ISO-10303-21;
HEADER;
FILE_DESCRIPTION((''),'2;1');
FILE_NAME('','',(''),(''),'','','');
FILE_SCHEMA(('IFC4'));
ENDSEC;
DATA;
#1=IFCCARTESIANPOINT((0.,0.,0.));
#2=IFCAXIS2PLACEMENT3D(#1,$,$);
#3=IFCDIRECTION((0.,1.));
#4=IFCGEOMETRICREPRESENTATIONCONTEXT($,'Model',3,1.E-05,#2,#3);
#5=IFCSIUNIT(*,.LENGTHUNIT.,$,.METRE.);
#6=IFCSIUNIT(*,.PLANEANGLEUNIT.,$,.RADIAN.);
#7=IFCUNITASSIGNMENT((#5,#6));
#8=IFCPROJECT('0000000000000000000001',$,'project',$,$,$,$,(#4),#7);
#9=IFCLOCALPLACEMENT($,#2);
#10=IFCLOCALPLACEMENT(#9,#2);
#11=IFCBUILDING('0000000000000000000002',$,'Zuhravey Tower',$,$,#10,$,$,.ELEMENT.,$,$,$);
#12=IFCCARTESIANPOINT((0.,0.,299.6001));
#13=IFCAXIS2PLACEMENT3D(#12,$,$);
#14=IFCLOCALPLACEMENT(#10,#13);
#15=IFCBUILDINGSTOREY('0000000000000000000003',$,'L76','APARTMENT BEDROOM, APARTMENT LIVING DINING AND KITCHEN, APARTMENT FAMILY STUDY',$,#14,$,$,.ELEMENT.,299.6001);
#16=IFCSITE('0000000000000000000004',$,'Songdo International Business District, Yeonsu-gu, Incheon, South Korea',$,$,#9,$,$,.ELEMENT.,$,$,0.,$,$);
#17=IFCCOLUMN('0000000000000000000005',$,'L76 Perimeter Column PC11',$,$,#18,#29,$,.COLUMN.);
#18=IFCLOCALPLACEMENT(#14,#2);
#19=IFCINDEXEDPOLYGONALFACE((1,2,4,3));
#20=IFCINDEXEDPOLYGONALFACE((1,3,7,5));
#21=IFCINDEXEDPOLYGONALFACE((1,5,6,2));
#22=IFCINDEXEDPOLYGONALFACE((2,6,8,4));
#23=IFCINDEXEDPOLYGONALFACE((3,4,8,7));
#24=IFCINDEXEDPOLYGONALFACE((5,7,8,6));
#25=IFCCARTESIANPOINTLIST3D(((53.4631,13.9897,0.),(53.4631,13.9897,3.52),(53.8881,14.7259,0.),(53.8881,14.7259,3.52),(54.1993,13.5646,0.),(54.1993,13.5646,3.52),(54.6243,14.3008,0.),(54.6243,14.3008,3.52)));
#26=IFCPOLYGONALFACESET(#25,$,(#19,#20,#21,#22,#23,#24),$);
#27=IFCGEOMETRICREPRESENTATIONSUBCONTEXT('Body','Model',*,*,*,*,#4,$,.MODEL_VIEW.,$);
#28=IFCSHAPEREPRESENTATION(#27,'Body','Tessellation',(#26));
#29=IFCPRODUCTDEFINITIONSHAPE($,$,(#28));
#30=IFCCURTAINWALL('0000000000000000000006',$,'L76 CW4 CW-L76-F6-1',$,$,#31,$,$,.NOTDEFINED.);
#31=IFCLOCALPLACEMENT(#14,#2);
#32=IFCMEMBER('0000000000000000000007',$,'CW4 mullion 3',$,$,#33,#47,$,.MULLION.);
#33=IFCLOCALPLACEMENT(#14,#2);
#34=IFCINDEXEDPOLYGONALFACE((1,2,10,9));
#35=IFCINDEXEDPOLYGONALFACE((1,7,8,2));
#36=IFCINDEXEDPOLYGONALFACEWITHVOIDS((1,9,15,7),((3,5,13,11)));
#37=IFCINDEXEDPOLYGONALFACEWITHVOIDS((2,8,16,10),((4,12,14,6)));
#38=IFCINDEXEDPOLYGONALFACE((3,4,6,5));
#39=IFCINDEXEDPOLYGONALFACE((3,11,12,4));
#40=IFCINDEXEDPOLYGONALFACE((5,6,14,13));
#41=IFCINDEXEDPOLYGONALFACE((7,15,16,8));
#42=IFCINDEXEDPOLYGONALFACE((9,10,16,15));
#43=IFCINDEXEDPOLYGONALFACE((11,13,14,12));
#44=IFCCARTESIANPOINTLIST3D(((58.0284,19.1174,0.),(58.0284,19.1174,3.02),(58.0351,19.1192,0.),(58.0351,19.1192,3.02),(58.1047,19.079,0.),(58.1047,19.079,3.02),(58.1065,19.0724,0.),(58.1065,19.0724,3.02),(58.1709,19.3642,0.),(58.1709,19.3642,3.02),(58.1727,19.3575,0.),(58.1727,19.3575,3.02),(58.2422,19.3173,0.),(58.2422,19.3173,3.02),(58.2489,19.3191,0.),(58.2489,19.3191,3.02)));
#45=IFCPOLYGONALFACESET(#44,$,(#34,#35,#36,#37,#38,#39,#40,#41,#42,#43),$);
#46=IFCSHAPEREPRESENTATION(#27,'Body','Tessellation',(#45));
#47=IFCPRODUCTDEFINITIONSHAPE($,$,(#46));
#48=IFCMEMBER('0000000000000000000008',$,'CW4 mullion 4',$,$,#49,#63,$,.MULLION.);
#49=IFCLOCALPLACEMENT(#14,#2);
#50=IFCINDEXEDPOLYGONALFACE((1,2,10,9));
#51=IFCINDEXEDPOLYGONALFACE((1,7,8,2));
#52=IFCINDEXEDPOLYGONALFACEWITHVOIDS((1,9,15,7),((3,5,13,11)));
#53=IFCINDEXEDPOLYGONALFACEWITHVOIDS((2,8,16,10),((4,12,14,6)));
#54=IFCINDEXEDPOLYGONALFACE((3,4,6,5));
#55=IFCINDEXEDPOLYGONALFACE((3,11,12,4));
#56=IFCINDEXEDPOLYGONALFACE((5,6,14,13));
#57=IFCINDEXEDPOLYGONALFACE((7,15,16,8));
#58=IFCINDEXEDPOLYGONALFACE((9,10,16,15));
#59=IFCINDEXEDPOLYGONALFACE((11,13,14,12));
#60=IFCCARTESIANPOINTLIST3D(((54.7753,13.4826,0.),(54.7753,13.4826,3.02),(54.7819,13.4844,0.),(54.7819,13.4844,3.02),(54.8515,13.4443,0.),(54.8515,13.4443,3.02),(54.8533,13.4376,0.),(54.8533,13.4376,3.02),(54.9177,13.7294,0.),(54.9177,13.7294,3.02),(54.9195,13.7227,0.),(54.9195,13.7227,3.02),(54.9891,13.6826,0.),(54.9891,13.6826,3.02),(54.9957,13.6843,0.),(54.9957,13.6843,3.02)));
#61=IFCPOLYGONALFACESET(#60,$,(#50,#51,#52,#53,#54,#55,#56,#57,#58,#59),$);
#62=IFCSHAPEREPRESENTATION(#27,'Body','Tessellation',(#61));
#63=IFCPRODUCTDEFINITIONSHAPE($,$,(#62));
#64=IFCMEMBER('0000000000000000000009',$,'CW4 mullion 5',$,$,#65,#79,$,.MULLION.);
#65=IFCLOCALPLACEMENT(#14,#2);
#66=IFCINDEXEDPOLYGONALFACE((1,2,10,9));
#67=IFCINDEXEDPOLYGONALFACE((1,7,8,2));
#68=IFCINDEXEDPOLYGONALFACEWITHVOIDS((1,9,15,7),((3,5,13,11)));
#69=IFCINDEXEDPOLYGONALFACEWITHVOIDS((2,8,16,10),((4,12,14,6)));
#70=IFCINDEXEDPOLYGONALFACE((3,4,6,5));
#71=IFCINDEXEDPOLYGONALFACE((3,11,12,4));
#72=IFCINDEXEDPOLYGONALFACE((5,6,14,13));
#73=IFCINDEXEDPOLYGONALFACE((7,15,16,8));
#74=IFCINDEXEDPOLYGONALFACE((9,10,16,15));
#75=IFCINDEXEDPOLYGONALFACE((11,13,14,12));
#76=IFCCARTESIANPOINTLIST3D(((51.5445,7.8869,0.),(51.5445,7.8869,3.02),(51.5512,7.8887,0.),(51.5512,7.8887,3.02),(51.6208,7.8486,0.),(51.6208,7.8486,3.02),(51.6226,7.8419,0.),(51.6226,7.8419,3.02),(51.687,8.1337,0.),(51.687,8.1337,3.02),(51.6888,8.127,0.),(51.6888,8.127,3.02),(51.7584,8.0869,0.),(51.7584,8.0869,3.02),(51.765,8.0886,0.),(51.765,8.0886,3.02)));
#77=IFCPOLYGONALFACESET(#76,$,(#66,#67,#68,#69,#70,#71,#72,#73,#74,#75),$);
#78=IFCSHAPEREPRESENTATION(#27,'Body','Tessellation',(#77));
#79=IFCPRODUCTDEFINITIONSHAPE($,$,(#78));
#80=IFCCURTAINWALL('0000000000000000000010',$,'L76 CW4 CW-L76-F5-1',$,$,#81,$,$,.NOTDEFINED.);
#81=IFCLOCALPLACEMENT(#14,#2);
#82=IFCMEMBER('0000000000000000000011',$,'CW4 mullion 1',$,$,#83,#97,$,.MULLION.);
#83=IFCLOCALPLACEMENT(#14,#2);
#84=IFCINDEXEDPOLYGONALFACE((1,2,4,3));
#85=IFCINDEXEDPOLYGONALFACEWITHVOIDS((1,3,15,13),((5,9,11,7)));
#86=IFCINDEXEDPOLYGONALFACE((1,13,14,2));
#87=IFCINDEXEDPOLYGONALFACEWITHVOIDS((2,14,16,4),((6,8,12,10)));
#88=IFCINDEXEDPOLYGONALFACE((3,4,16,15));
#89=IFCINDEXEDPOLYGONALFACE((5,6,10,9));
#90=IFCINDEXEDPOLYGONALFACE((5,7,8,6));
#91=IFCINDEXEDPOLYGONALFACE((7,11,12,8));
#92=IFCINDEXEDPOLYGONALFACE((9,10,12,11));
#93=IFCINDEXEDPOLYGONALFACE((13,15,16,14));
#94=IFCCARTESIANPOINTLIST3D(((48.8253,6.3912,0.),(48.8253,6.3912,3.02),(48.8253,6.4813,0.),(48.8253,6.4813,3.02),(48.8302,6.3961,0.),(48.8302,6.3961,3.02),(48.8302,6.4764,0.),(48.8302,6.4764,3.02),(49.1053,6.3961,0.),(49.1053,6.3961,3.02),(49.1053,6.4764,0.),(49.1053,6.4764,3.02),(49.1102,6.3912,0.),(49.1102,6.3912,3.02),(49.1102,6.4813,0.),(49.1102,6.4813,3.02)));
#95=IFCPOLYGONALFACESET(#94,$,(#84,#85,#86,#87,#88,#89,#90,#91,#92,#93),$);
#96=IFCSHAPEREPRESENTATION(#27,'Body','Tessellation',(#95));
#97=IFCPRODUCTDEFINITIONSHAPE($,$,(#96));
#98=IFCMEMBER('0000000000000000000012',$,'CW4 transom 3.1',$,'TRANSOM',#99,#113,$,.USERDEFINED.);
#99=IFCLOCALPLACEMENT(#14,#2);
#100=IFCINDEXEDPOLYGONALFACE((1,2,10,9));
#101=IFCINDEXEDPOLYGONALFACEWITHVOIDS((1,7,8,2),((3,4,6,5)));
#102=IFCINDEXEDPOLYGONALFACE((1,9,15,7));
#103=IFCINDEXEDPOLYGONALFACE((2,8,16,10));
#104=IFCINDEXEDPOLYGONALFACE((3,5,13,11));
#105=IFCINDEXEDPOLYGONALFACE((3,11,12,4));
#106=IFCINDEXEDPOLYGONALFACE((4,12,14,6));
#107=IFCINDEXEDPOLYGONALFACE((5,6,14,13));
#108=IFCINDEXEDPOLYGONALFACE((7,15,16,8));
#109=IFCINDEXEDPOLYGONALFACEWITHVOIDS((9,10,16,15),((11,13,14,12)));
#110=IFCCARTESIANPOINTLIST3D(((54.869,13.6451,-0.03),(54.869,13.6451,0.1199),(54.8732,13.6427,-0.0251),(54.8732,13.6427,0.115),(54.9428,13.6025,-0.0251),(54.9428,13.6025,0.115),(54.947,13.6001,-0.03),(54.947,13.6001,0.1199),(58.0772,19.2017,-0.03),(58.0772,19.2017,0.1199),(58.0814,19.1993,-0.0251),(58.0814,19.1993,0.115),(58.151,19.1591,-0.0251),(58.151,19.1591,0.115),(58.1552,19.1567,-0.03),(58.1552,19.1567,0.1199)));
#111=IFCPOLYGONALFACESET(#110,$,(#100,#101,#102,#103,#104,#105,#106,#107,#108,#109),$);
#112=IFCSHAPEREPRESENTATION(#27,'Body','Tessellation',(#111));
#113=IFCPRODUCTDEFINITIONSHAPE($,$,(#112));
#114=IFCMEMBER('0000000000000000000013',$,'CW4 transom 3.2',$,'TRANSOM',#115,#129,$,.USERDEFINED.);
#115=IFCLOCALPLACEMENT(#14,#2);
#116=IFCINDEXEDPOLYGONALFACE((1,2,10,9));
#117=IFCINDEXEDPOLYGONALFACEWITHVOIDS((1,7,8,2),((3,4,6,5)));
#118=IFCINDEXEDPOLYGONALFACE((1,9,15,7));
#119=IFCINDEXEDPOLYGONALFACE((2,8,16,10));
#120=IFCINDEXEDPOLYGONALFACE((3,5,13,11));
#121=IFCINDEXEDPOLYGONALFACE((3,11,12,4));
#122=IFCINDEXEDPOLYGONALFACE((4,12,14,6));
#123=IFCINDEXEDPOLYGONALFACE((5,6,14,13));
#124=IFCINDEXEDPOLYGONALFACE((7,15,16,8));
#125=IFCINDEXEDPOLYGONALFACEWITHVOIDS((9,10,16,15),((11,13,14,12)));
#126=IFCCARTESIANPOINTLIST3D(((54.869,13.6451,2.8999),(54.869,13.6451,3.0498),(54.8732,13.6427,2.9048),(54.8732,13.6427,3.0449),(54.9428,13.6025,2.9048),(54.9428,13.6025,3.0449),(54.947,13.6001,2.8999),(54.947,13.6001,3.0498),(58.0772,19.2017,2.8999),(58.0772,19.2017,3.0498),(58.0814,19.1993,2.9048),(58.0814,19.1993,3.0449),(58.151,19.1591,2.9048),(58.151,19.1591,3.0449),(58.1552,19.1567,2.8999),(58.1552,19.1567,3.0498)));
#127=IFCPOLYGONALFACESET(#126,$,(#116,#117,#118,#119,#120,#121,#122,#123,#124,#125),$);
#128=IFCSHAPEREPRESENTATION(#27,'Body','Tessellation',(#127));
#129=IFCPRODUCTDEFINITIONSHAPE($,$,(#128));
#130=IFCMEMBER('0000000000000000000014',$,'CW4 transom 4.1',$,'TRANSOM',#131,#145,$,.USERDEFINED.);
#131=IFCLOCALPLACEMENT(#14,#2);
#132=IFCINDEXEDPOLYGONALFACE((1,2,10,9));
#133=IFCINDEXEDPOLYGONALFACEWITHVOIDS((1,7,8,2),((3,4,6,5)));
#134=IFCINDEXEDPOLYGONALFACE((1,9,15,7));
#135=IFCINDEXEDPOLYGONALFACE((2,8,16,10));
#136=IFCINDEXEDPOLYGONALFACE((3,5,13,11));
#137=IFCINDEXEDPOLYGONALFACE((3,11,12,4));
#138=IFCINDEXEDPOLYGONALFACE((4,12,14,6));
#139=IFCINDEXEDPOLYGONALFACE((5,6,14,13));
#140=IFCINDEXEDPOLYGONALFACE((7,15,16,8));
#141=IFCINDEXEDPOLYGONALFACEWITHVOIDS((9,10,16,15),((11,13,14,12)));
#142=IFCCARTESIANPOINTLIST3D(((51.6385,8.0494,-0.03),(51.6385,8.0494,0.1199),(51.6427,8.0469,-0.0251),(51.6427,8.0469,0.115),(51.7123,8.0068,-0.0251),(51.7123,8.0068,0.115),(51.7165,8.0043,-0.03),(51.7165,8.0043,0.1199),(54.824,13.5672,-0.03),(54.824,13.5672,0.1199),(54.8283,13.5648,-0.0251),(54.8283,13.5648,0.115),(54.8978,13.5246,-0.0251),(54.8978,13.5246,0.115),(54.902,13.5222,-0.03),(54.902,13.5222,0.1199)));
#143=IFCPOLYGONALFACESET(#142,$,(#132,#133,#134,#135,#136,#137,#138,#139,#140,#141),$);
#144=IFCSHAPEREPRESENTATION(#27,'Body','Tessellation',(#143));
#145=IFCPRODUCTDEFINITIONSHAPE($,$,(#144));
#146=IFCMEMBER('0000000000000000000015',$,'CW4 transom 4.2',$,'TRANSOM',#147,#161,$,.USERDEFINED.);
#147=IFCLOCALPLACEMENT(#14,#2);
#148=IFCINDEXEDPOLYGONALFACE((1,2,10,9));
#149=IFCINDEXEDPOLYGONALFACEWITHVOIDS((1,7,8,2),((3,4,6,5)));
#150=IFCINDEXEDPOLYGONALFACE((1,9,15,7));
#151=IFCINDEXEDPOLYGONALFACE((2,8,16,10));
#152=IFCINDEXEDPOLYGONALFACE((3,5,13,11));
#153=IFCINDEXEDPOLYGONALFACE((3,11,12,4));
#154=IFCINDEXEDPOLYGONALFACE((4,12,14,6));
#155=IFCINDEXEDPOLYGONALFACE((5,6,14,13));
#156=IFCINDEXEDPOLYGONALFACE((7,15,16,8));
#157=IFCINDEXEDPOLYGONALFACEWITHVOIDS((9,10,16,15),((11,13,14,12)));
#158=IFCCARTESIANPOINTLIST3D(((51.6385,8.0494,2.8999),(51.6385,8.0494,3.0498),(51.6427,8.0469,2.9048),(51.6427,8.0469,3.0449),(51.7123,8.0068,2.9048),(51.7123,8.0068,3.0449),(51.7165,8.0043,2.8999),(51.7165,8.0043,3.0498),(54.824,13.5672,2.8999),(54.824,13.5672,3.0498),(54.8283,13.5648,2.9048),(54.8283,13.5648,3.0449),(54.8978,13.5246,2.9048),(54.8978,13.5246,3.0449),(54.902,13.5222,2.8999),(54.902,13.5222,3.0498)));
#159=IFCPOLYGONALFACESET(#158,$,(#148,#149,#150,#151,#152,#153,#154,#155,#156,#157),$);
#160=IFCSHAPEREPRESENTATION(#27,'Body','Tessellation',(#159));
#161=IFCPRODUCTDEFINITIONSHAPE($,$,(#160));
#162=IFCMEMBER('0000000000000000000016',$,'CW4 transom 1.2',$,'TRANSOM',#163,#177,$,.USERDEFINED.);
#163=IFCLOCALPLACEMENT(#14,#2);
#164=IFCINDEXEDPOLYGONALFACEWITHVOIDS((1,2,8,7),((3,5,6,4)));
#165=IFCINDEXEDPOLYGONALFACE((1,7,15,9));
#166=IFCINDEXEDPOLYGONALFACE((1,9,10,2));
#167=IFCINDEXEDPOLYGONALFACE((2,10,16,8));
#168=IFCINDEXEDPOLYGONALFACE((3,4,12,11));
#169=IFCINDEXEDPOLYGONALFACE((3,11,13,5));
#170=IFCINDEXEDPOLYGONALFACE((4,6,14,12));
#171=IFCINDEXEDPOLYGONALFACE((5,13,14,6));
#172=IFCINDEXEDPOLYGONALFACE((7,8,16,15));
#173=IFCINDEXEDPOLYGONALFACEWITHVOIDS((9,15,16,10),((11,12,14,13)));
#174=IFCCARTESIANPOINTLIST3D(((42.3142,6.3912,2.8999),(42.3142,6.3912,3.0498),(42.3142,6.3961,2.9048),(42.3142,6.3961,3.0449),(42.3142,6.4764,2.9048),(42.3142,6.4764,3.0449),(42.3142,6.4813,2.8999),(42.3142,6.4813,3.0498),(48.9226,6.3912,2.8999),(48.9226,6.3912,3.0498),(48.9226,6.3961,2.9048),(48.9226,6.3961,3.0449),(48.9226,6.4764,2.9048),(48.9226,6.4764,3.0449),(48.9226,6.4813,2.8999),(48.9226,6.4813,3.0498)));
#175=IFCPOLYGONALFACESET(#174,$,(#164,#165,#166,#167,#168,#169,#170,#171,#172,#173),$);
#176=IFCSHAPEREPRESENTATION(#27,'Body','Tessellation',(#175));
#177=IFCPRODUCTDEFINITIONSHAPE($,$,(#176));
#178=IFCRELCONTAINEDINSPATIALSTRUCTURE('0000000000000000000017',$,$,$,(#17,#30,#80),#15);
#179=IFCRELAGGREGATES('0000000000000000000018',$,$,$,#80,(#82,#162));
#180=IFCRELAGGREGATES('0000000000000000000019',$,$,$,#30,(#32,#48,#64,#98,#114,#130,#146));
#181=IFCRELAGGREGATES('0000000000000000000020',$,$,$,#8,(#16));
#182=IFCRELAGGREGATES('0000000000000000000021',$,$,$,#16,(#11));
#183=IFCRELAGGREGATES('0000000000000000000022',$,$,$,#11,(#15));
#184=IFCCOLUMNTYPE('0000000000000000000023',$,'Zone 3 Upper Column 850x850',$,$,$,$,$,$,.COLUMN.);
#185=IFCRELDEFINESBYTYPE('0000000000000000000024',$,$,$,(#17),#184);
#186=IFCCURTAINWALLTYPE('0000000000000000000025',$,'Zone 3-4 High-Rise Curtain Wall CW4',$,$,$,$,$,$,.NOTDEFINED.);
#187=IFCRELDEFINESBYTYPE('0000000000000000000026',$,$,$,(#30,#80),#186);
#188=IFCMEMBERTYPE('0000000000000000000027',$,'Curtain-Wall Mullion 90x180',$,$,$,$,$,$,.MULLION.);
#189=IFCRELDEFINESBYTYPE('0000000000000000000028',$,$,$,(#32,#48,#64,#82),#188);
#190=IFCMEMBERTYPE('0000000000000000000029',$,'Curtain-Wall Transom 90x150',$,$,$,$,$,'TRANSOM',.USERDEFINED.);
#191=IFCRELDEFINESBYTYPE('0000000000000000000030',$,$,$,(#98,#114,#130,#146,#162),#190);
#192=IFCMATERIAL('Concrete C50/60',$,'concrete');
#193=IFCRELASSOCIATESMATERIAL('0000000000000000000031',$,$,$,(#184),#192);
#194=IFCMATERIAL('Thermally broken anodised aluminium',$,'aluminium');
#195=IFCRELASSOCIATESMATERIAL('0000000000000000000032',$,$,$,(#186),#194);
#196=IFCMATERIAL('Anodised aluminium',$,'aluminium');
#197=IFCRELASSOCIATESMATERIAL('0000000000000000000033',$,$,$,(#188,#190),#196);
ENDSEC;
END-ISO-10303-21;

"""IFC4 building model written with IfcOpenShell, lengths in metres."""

from ifc_helpers import new_model, si_unit, direction, frame, origin, origin_2d, place, context, subcontext, project, spatial, rectangle, hollow_rectangle, extrude, material, material_profile, profile_set, type_object, element, aggregate, save


model = new_model("IFC4")

# Units and contexts
model_context = context("Model", 3, precision=1e-05, world=origin(), true_north=direction((0.0, 1.0)))
body_context = subcontext(model_context, "Body", "Model", "MODEL_VIEW")
ifc_project = project(units=[si_unit("LENGTHUNIT", "METRE"), si_unit("PLANEANGLEUNIT", "RADIAN")], contexts=[model_context])

# Site, building, storey
site_placement = place(None, origin())
site = spatial("IfcSite", under=ifc_project, at=site_placement, Name="Songdo International Business District, Yeonsu-gu, Incheon, South Korea", CompositionType="ELEMENT", RefElevation=0.0)
building_placement = place(site_placement, origin())
building = spatial("IfcBuilding", under=site, at=building_placement, Name="Zuhravey Tower", CompositionType="ELEMENT")
storey_placement = place(building_placement, frame((0.0, 0.0, 299.6001)))
storey = spatial("IfcBuildingStorey", under=building, at=storey_placement, Name="L76", Description="APARTMENT BEDROOM, APARTMENT LIVING DINING AND KITCHEN, APARTMENT FAMILY STUDY", CompositionType="ELEMENT", Elevation=299.6001)

# Column
ifc_material_1 = material(Name="Concrete C50/60", Category="concrete")
ifc_material_profile_1 = material_profile(ifc_material_1, rectangle(XDim=0.8501, YDim=0.8501, at=origin_2d()), Name="RC-850x850")
ifc_profile_set_1 = profile_set([ifc_material_profile_1], Name="Concrete C50/60")
column_type = type_object("IfcColumnType", Name="Zone 3 Upper Column 850x850", PredefinedType="COLUMN", material=ifc_profile_set_1)
column_placement = place(storey_placement, frame((54.0437, 14.1453, 0.0), z_axis=(0.0, 0.0, 1.0), x_axis=(0.5, 0.866025, 0.0)))
element("IfcColumn", 1, at=column_placement, inside=storey, type_object=column_type, Name="L76 Perimeter Column PC11", PredefinedType="COLUMN", context=body_context, shape_type="SweptSolid", body=[
    extrude(rectangle(XDim=0.8501, YDim=0.8501, at=origin_2d()), origin(), (0.0, 0.0, 1.0), 3.52),
])

# Curtain wall, members
ifc_material_2 = material(Name="Thermally broken anodised aluminium", Category="aluminium")
curtain_wall_type = type_object("IfcCurtainWallType", Name="Zone 3-4 High-Rise Curtain Wall CW4", PredefinedType="NOTDEFINED", material=ifc_material_2)
curtain_wall_1_placement = place(storey_placement, origin())
curtain_wall_1 = element("IfcCurtainWall", 2, at=curtain_wall_1_placement, inside=storey, type_object=curtain_wall_type, Name="L76 CW4 CW-L76-F6-1", PredefinedType="NOTDEFINED")
ifc_material_3 = material(Name="Anodised aluminium", Category="aluminium")
ifc_material_profile_2 = material_profile(ifc_material_3, hollow_rectangle(XDim=0.0901, YDim=0.2849, WallThickness=0.0049, at=origin_2d()), Name="ALU-RHS-90x285x5")
ifc_profile_set_2 = profile_set([ifc_material_profile_2], Name="Anodised aluminium")
member_type_1 = type_object("IfcMemberType", Name="Curtain-Wall Mullion 90x180", PredefinedType="MULLION", material=ifc_profile_set_2)
member_1_placement = place(storey_placement, frame((58.1387, 19.2183, 0.0), z_axis=(0.0, 0.0, 1.0), x_axis=(0.866025, -0.500001, 0.0)))
member_1 = element("IfcMember", 3, at=member_1_placement, type_object=member_type_1, Name="CW4 mullion 3", PredefinedType="MULLION", context=body_context, shape_type="SweptSolid", body=[
    extrude(hollow_rectangle(XDim=0.0901, YDim=0.2849, WallThickness=0.0049, at=origin_2d()), origin(), (0.0, 0.0, 1.0), 3.02),
])
member_2_placement = place(storey_placement, frame((54.8855, 13.5835, 0.0), z_axis=(0.0, 0.0, 1.0), x_axis=(0.866025, -0.500001, 0.0)))
member_2 = element("IfcMember", 4, at=member_2_placement, type_object=member_type_1, Name="CW4 mullion 4", PredefinedType="MULLION", context=body_context, shape_type="SweptSolid", body=[
    extrude(hollow_rectangle(XDim=0.0901, YDim=0.2849, WallThickness=0.0049, at=origin_2d()), origin(), (0.0, 0.0, 1.0), 3.02),
])
member_3_placement = place(storey_placement, frame((51.6548, 7.9878, 0.0), z_axis=(0.0, 0.0, 1.0), x_axis=(0.866025, -0.500001, 0.0)))
member_3 = element("IfcMember", 5, at=member_3_placement, type_object=member_type_1, Name="CW4 mullion 5", PredefinedType="MULLION", context=body_context, shape_type="SweptSolid", body=[
    extrude(hollow_rectangle(XDim=0.0901, YDim=0.2849, WallThickness=0.0049, at=origin_2d()), origin(), (0.0, 0.0, 1.0), 3.02),
])

# Curtain wall, member
curtain_wall_2_placement = place(storey_placement, origin())
curtain_wall_2 = element("IfcCurtainWall", 6, at=curtain_wall_2_placement, inside=storey, type_object=curtain_wall_type, Name="L76 CW4 CW-L76-F5-1", PredefinedType="NOTDEFINED")
member_4_placement = place(storey_placement, frame((48.9678, 6.4363, 0.0), z_axis=(0.0, 0.0, 1.0), x_axis=(0.0, -1.0, 0.0)))
member_4 = element("IfcMember", 7, at=member_4_placement, type_object=member_type_1, Name="CW4 mullion 1", PredefinedType="MULLION", context=body_context, shape_type="SweptSolid", body=[
    extrude(hollow_rectangle(XDim=0.0901, YDim=0.2849, WallThickness=0.0049, at=origin_2d()), origin(), (0.0, 0.0, 1.0), 3.02),
])

# Members
ifc_material_profile_3 = material_profile(ifc_material_3, hollow_rectangle(XDim=0.0901, YDim=0.1499, WallThickness=0.0049, at=origin_2d()), Name="ALU-RHS-90x150x5")
ifc_profile_set_3 = profile_set([ifc_material_profile_3], Name="Anodised aluminium")
member_type_2 = type_object("IfcMemberType", Name="Curtain-Wall Transom 90x150", ElementType="TRANSOM", PredefinedType="USERDEFINED", material=ifc_profile_set_3)
member_5_placement = place(storey_placement, frame((58.1162, 19.1792, 0.0449), z_axis=(-0.500014, -0.866017, 0.0), x_axis=(0.866017, -0.500014, 0.0)))
member_5 = element("IfcMember", 8, at=member_5_placement, type_object=member_type_2, Name="CW4 transom 3.1", ObjectType="TRANSOM", PredefinedType="USERDEFINED", context=body_context, shape_type="SweptSolid", body=[
    extrude(hollow_rectangle(XDim=0.0901, YDim=0.1499, WallThickness=0.0049, at=origin_2d()), origin(), (0.0, 0.0, 1.0), 6.4163),
])
member_6_placement = place(storey_placement, frame((58.1162, 19.1792, 2.9749), z_axis=(-0.500014, -0.866017, 0.0), x_axis=(0.866017, -0.500014, 0.0)))
member_6 = element("IfcMember", 9, at=member_6_placement, type_object=member_type_2, Name="CW4 transom 3.2", ObjectType="TRANSOM", PredefinedType="USERDEFINED", context=body_context, shape_type="SweptSolid", body=[
    extrude(hollow_rectangle(XDim=0.0901, YDim=0.1499, WallThickness=0.0049, at=origin_2d()), origin(), (0.0, 0.0, 1.0), 6.4163),
])
member_7_placement = place(storey_placement, frame((54.863, 13.5447, 0.0449), z_axis=(-0.49998, -0.866037, 0.0), x_axis=(0.866037, -0.49998, 0.0)))
member_7 = element("IfcMember", 10, at=member_7_placement, type_object=member_type_2, Name="CW4 transom 4.1", ObjectType="TRANSOM", PredefinedType="USERDEFINED", context=body_context, shape_type="SweptSolid", body=[
    extrude(hollow_rectangle(XDim=0.0901, YDim=0.1499, WallThickness=0.0049, at=origin_2d()), origin(), (0.0, 0.0, 1.0), 6.3713),
])
member_8_placement = place(storey_placement, frame((54.863, 13.5447, 2.9749), z_axis=(-0.49998, -0.866037, 0.0), x_axis=(0.866037, -0.49998, 0.0)))
member_8 = element("IfcMember", 11, at=member_8_placement, type_object=member_type_2, Name="CW4 transom 4.2", ObjectType="TRANSOM", PredefinedType="USERDEFINED", context=body_context, shape_type="SweptSolid", body=[
    extrude(hollow_rectangle(XDim=0.0901, YDim=0.1499, WallThickness=0.0049, at=origin_2d()), origin(), (0.0, 0.0, 1.0), 6.3713),
])
member_9_placement = place(storey_placement, frame((48.9226, 6.4363, 2.9749), z_axis=(-1.0, 0.0, 0.0), x_axis=(0.0, -1.0, 0.0)))
member_9 = element("IfcMember", 12, at=member_9_placement, type_object=member_type_2, Name="CW4 transom 1.2", ObjectType="TRANSOM", PredefinedType="USERDEFINED", context=body_context, shape_type="SweptSolid", body=[
    extrude(hollow_rectangle(XDim=0.0901, YDim=0.1499, WallThickness=0.0049, at=origin_2d()), origin(), (0.0, 0.0, 1.0), 6.6084),
])
aggregate(curtain_wall_2, [member_4, member_9])

aggregate(curtain_wall_1, [member_1, member_2, member_3, member_5, member_6, member_7, member_8])

save(model, "model.ifc")
